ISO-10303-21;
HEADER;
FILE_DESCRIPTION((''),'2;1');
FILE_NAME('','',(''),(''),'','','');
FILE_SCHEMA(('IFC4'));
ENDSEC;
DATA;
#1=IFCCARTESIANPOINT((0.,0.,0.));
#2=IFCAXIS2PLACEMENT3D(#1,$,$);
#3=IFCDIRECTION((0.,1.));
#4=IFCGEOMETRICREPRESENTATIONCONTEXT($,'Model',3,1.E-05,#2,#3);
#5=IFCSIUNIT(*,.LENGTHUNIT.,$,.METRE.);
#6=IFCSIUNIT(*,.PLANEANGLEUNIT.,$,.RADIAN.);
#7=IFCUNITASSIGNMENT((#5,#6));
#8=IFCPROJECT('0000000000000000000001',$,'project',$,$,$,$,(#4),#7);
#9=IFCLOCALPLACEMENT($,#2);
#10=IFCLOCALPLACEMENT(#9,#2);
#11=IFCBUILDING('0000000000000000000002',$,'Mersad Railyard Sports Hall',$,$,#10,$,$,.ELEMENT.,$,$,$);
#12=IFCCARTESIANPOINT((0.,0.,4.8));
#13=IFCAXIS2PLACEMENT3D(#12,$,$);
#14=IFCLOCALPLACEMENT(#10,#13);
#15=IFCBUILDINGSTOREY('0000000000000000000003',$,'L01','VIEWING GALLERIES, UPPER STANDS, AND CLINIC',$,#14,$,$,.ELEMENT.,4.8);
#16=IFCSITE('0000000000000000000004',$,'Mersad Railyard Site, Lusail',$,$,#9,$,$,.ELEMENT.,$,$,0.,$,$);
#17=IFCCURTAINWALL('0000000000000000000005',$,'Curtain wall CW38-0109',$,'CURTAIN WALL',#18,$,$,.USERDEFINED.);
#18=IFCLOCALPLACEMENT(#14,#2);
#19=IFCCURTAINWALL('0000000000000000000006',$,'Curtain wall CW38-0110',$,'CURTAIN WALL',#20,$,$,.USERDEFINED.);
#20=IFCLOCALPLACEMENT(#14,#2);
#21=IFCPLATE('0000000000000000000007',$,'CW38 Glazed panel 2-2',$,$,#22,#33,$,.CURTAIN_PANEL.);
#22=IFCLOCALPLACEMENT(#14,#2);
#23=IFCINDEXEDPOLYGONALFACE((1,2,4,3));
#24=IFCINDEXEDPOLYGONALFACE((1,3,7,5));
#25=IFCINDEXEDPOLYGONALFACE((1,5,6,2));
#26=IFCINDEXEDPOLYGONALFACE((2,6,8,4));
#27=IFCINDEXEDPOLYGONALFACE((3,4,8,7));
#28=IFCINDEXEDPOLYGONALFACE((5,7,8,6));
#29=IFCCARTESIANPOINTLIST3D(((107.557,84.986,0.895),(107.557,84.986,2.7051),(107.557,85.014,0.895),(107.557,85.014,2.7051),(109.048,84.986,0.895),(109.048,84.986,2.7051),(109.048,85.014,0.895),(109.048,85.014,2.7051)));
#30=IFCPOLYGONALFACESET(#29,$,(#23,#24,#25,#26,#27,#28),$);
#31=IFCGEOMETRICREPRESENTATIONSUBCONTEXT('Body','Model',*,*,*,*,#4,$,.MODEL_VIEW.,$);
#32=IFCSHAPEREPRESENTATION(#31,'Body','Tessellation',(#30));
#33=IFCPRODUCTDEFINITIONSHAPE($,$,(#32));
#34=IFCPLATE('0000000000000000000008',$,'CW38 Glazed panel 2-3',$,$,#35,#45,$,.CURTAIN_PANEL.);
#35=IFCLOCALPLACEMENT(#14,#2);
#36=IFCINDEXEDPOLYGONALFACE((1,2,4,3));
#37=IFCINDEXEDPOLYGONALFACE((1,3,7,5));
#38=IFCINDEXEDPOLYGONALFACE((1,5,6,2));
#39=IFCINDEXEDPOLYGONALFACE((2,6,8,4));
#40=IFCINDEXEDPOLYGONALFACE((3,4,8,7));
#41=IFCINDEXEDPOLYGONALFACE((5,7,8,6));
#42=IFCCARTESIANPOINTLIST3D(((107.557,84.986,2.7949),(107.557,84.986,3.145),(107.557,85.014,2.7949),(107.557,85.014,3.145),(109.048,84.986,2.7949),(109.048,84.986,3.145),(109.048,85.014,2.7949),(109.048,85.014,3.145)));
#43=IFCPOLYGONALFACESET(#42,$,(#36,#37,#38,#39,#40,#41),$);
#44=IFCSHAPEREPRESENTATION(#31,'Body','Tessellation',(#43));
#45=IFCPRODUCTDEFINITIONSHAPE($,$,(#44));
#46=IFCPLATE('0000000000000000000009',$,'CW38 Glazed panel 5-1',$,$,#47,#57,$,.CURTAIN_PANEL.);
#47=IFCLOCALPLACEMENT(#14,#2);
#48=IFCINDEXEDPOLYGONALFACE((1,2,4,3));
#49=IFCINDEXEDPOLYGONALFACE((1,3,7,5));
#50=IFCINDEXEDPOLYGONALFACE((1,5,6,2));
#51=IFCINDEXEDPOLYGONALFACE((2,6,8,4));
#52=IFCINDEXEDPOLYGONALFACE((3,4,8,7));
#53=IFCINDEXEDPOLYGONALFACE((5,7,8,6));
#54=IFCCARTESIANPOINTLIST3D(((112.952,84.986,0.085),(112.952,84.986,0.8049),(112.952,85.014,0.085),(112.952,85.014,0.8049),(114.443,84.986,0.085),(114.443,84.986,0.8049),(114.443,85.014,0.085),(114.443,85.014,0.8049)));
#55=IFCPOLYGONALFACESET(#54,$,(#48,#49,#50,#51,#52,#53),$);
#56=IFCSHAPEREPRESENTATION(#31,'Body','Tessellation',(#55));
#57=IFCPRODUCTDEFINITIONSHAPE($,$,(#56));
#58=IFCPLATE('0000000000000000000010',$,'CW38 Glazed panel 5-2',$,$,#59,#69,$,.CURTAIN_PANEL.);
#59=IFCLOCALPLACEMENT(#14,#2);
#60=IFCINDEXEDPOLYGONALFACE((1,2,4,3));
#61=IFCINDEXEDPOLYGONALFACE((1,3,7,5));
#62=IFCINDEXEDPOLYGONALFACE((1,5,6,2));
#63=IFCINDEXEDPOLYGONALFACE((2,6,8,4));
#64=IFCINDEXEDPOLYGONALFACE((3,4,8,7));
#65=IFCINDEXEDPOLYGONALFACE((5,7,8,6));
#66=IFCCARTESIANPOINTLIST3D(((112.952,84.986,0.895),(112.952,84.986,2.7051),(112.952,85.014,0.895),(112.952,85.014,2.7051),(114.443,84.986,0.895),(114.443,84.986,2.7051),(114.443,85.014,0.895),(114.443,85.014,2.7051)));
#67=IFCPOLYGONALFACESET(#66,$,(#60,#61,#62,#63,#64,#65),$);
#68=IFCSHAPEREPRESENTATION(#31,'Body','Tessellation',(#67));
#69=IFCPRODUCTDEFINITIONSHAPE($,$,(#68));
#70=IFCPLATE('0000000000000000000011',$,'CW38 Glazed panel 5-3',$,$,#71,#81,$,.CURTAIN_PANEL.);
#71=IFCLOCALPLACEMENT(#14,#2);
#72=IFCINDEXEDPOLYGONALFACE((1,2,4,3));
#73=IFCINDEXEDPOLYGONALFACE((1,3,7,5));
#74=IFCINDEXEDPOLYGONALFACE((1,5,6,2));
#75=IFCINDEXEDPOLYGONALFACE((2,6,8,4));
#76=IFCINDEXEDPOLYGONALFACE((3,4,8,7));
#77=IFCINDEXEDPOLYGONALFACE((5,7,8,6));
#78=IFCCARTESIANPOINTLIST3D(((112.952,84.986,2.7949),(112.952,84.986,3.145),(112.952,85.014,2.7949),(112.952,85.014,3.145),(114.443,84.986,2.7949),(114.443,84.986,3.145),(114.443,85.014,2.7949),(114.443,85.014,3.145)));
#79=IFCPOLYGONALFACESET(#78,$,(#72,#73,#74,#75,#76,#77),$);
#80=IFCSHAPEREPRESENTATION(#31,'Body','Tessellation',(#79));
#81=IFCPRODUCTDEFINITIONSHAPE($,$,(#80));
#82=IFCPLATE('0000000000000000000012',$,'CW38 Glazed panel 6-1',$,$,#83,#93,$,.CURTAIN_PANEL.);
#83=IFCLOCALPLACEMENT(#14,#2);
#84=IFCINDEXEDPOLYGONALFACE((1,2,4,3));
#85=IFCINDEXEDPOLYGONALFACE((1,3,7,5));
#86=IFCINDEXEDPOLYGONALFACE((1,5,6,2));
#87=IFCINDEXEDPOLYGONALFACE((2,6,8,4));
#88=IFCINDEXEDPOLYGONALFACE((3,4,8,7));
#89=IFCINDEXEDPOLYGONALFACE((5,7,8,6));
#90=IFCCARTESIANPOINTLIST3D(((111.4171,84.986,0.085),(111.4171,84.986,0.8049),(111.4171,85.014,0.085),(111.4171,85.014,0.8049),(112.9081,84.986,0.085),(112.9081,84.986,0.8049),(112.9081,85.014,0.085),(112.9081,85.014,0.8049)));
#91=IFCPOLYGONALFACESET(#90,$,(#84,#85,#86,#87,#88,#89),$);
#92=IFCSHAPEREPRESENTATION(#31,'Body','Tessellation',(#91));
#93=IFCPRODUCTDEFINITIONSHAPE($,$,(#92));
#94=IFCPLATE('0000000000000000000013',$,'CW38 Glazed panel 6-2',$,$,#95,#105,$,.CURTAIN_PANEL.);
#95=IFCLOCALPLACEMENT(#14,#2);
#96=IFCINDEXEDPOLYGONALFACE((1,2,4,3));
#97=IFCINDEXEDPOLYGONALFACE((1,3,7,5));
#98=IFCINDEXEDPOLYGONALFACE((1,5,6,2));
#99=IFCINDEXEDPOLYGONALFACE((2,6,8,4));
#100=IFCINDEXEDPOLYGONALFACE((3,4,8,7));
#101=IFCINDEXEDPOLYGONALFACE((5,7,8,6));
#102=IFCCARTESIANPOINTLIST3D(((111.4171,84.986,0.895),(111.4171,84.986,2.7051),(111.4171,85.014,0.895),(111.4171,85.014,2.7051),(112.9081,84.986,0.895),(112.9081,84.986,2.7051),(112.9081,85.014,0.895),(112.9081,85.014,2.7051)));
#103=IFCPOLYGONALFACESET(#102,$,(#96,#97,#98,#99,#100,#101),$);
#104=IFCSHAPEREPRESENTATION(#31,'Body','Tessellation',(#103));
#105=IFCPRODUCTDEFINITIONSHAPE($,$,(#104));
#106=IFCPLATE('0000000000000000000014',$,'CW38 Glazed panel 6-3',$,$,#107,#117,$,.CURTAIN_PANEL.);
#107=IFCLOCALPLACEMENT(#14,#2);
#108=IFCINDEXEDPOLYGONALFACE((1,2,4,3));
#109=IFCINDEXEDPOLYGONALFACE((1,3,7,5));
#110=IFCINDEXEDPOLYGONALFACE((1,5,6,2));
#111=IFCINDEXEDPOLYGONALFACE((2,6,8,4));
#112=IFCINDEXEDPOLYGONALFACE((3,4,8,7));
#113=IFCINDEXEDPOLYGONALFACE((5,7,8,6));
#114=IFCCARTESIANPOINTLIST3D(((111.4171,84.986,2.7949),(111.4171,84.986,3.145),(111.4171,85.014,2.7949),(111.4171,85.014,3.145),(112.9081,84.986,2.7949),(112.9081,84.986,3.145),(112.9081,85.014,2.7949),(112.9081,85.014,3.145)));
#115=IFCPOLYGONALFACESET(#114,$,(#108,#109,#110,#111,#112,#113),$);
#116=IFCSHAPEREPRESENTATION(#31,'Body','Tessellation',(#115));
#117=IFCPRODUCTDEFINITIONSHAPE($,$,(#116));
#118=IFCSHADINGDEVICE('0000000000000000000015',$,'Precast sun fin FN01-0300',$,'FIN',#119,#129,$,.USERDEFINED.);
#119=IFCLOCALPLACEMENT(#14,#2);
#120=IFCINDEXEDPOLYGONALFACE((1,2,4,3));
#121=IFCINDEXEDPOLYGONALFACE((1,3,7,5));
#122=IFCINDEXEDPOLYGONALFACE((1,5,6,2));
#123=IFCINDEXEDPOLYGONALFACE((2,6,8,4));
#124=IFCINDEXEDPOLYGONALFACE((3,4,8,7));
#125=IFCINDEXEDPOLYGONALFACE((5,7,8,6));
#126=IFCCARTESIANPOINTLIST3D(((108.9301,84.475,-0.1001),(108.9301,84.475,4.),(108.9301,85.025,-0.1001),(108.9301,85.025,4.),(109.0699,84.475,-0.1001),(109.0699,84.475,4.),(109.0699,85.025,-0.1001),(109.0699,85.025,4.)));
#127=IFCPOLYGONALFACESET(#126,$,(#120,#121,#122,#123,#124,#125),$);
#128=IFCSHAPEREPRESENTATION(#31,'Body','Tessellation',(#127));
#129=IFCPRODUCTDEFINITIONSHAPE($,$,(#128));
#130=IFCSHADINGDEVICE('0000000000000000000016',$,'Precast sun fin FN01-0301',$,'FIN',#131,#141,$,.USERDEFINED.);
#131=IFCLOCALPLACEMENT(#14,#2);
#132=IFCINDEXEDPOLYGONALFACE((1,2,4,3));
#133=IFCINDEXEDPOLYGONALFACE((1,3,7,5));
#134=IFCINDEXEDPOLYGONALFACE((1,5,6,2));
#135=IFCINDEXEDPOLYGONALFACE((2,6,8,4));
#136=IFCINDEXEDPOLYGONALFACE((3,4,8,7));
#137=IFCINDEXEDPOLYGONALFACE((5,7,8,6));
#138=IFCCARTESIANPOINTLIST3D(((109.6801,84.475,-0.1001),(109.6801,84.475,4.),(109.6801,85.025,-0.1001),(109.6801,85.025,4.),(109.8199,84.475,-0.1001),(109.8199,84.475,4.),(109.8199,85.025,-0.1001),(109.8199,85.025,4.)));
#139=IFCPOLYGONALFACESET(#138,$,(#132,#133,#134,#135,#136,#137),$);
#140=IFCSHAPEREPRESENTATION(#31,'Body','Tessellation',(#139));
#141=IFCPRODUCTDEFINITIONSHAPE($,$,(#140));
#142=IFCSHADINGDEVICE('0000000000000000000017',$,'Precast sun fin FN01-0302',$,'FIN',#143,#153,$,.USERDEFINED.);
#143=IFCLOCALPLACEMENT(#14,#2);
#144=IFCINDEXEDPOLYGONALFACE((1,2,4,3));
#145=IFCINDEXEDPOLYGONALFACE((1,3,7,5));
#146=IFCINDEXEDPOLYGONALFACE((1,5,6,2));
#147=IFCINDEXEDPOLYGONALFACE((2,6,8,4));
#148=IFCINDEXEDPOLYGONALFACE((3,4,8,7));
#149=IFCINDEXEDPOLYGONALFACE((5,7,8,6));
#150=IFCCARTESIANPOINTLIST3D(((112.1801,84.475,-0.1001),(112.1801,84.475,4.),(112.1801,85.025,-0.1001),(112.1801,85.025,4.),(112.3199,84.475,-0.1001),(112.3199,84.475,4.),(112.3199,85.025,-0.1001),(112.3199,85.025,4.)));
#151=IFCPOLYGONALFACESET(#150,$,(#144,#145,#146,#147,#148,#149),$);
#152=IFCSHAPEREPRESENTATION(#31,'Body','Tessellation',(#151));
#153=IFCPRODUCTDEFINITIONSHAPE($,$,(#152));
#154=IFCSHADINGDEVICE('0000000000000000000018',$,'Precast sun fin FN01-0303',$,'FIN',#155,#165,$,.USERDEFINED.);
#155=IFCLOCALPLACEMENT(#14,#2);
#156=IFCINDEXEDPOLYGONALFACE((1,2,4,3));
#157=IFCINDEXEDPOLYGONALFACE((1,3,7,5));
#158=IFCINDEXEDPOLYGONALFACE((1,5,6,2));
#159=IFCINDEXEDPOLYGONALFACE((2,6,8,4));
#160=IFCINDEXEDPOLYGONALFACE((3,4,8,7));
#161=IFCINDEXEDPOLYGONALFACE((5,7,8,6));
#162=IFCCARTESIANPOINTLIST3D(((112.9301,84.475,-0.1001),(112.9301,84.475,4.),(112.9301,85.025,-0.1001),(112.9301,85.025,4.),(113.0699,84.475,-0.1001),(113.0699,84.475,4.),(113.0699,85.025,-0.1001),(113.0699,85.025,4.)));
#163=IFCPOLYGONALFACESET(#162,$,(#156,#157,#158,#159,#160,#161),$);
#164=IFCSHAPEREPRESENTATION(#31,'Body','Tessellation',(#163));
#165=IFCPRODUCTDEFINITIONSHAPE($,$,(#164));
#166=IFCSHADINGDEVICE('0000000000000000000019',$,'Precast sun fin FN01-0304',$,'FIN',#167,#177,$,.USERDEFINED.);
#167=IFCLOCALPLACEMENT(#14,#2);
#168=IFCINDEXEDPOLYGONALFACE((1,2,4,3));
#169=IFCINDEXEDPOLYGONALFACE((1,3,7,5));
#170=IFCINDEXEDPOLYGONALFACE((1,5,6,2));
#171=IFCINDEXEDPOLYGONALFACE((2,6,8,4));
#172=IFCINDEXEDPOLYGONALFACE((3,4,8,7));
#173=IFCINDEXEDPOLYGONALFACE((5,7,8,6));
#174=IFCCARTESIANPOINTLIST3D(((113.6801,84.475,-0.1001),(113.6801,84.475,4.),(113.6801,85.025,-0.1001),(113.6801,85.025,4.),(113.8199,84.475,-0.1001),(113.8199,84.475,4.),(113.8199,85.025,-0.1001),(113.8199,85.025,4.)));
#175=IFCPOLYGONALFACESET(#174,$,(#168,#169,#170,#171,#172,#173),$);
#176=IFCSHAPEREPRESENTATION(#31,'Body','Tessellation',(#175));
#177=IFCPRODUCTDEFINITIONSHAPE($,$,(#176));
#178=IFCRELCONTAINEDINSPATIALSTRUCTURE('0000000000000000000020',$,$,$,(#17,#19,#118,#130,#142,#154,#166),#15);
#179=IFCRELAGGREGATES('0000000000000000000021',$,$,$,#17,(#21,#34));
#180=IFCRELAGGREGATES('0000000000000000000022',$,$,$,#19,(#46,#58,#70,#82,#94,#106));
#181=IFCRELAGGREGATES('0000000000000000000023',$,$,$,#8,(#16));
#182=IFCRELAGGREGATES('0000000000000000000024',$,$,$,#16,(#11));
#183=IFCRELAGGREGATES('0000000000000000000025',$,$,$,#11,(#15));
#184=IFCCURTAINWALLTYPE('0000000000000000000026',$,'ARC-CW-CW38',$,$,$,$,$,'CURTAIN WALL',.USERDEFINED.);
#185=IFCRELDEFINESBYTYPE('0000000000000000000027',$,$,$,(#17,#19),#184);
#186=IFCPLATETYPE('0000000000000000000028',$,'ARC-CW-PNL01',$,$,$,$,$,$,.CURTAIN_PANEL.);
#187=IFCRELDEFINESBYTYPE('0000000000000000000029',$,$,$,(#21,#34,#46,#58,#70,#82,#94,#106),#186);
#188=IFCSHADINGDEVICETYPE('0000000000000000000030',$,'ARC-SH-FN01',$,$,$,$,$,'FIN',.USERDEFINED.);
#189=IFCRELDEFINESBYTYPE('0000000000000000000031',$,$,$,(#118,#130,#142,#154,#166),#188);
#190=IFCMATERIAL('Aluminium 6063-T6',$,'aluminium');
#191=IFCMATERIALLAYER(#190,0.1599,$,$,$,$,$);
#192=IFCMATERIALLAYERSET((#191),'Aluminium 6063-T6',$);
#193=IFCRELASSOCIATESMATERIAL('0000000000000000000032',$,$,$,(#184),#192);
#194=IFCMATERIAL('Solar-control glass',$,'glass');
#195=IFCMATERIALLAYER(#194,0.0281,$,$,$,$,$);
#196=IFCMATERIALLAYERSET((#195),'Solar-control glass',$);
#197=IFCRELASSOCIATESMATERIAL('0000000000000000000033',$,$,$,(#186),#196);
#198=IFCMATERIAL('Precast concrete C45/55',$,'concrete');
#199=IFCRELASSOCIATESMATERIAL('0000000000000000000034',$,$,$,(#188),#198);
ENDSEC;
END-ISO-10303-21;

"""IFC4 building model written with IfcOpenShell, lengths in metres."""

from ifc_helpers import new_model, si_unit, direction, frame, origin, origin_2d, place, context, subcontext, project, spatial, rectangle, extrude, material, layer, layer_set, type_object, element, aggregate, save


model = new_model("IFC4")

# Units and contexts
model_context = context("Model", 3, precision=1e-05, world=origin(), true_north=direction((0.0, 1.0)))
body_context = subcontext(model_context, "Body", "Model", "MODEL_VIEW")
ifc_project = project(units=[si_unit("LENGTHUNIT", "METRE"), si_unit("PLANEANGLEUNIT", "RADIAN")], contexts=[model_context])

# Site, building, storey
site_placement = place(None, origin())
site = spatial("IfcSite", under=ifc_project, at=site_placement, Name="Mersad Railyard Site, Lusail", CompositionType="ELEMENT", RefElevation=0.0)
building_placement = place(site_placement, origin())
building = spatial("IfcBuilding", under=site, at=building_placement, Name="Mersad Railyard Sports Hall", CompositionType="ELEMENT")
storey_placement = place(building_placement, frame((0.0, 0.0, 4.8)))
storey = spatial("IfcBuildingStorey", under=building, at=storey_placement, Name="L01", Description="VIEWING GALLERIES, UPPER STANDS, AND CLINIC", CompositionType="ELEMENT", Elevation=4.8)

# Curtain walls
ifc_material_1 = material(Name="Aluminium 6063-T6", Category="aluminium")
ifc_layer_1 = layer(ifc_material_1, 0.1599)
ifc_layer_set_1 = layer_set([ifc_layer_1], Name="Aluminium 6063-T6")
curtain_wall_type = type_object("IfcCurtainWallType", Name="ARC-CW-CW38", ElementType="CURTAIN WALL", PredefinedType="USERDEFINED", material=ifc_layer_set_1)
curtain_wall_1_placement = place(storey_placement, origin())
curtain_wall_1 = element("IfcCurtainWall", 1, at=curtain_wall_1_placement, inside=storey, type_object=curtain_wall_type, Name="Curtain wall CW38-0109", ObjectType="CURTAIN WALL", PredefinedType="USERDEFINED")
curtain_wall_2_placement = place(storey_placement, origin())
curtain_wall_2 = element("IfcCurtainWall", 2, at=curtain_wall_2_placement, inside=storey, type_object=curtain_wall_type, Name="Curtain wall CW38-0110", ObjectType="CURTAIN WALL", PredefinedType="USERDEFINED")

# Plates
ifc_material_2 = material(Name="Solar-control glass", Category="glass")
ifc_layer_2 = layer(ifc_material_2, 0.0281)
ifc_layer_set_2 = layer_set([ifc_layer_2], Name="Solar-control glass")
plate_type = type_object("IfcPlateType", Name="ARC-CW-PNL01", PredefinedType="CURTAIN_PANEL", material=ifc_layer_set_2)
plate_1_placement = place(storey_placement, frame((108.3025, 85.0, 0.895), z_axis=(0.0, 0.0, 1.0), x_axis=(-1.0, 0.0, 0.0)))
plate_1 = element("IfcPlate", 3, at=plate_1_placement, type_object=plate_type, Name="CW38 Glazed panel 2-2", PredefinedType="CURTAIN_PANEL", context=body_context, shape_type="SweptSolid", body=[
    extrude(rectangle(XDim=1.491, YDim=0.0281, at=origin_2d()), origin(), (0.0, 0.0, 1.0), 1.8101),
])
plate_2_placement = place(storey_placement, frame((108.3025, 85.0, 2.7949), z_axis=(0.0, 0.0, 1.0), x_axis=(-1.0, 0.0, 0.0)))
plate_2 = element("IfcPlate", 4, at=plate_2_placement, type_object=plate_type, Name="CW38 Glazed panel 2-3", PredefinedType="CURTAIN_PANEL", context=body_context, shape_type="SweptSolid", body=[
    extrude(rectangle(XDim=1.491, YDim=0.0281, at=origin_2d()), origin(), (0.0, 0.0, 1.0), 0.3501),
])
aggregate(curtain_wall_1, [plate_1, plate_2])
plate_3_placement = place(storey_placement, frame((113.6975, 85.0, 0.085), z_axis=(0.0, 0.0, 1.0), x_axis=(-1.0, 0.0, 0.0)))
plate_3 = element("IfcPlate", 5, at=plate_3_placement, type_object=plate_type, Name="CW38 Glazed panel 5-1", PredefinedType="CURTAIN_PANEL", context=body_context, shape_type="SweptSolid", body=[
    extrude(rectangle(XDim=1.491, YDim=0.0281, at=origin_2d()), origin(), (0.0, 0.0, 1.0), 0.72),
])
plate_4_placement = place(storey_placement, frame((113.6975, 85.0, 0.895), z_axis=(0.0, 0.0, 1.0), x_axis=(-1.0, 0.0, 0.0)))
plate_4 = element("IfcPlate", 6, at=plate_4_placement, type_object=plate_type, Name="CW38 Glazed panel 5-2", PredefinedType="CURTAIN_PANEL", context=body_context, shape_type="SweptSolid", body=[
    extrude(rectangle(XDim=1.491, YDim=0.0281, at=origin_2d()), origin(), (0.0, 0.0, 1.0), 1.8101),
])
plate_5_placement = place(storey_placement, frame((113.6975, 85.0, 2.7949), z_axis=(0.0, 0.0, 1.0), x_axis=(-1.0, 0.0, 0.0)))
plate_5 = element("IfcPlate", 7, at=plate_5_placement, type_object=plate_type, Name="CW38 Glazed panel 5-3", PredefinedType="CURTAIN_PANEL", context=body_context, shape_type="SweptSolid", body=[
    extrude(rectangle(XDim=1.491, YDim=0.0281, at=origin_2d()), origin(), (0.0, 0.0, 1.0), 0.3501),
])
plate_6_placement = place(storey_placement, frame((112.1626, 85.0, 0.085), z_axis=(0.0, 0.0, 1.0), x_axis=(-1.0, 0.0, 0.0)))
plate_6 = element("IfcPlate", 8, at=plate_6_placement, type_object=plate_type, Name="CW38 Glazed panel 6-1", PredefinedType="CURTAIN_PANEL", context=body_context, shape_type="SweptSolid", body=[
    extrude(rectangle(XDim=1.491, YDim=0.0281, at=origin_2d()), origin(), (0.0, 0.0, 1.0), 0.72),
])
plate_7_placement = place(storey_placement, frame((112.1626, 85.0, 0.895), z_axis=(0.0, 0.0, 1.0), x_axis=(-1.0, 0.0, 0.0)))
plate_7 = element("IfcPlate", 9, at=plate_7_placement, type_object=plate_type, Name="CW38 Glazed panel 6-2", PredefinedType="CURTAIN_PANEL", context=body_context, shape_type="SweptSolid", body=[
    extrude(rectangle(XDim=1.491, YDim=0.0281, at=origin_2d()), origin(), (0.0, 0.0, 1.0), 1.8101),
])
plate_8_placement = place(storey_placement, frame((112.1626, 85.0, 2.7949), z_axis=(0.0, 0.0, 1.0), x_axis=(-1.0, 0.0, 0.0)))
plate_8 = element("IfcPlate", 10, at=plate_8_placement, type_object=plate_type, Name="CW38 Glazed panel 6-3", PredefinedType="CURTAIN_PANEL", context=body_context, shape_type="SweptSolid", body=[
    extrude(rectangle(XDim=1.491, YDim=0.0281, at=origin_2d()), origin(), (0.0, 0.0, 1.0), 0.3501),
])
aggregate(curtain_wall_2, [plate_3, plate_4, plate_5, plate_6, plate_7, plate_8])

# Shading devices
ifc_material_3 = material(Name="Precast concrete C45/55", Category="concrete")
shading_device_type = type_object("IfcShadingDeviceType", Name="ARC-SH-FN01", ElementType="FIN", PredefinedType="USERDEFINED", material=ifc_material_3)
for number, where, z_axis, x_axis, name in (
    (11, (109.0, 84.75, -0.1001), (0.0, 0.0, 1.0), (1.0, 0.0, 0.0), "Precast sun fin FN01-0300"),
    (12, (109.75, 84.75, -0.1001), (0.0, 0.0, 1.0), (1.0, 0.0, 0.0), "Precast sun fin FN01-0301"),
    (13, (112.25, 84.75, -0.1001), (0.0, 0.0, 1.0), (1.0, 0.0, 0.0), "Precast sun fin FN01-0302"),
    (14, (113.0, 84.75, -0.1001), (0.0, 0.0, 1.0), (1.0, 0.0, 0.0), "Precast sun fin FN01-0303"),
    (15, (113.75, 84.75, -0.1001), (0.0, 0.0, 1.0), (1.0, 0.0, 0.0), "Precast sun fin FN01-0304"),
):
    element("IfcShadingDevice", number, at=place(storey_placement, frame(where, z_axis=z_axis, x_axis=x_axis)), inside=storey, type_object=shading_device_type, Name=name, ObjectType="FIN", PredefinedType="USERDEFINED", context=body_context, shape_type="SweptSolid", body=[
        extrude(rectangle(XDim=0.1399, YDim=0.55, at=origin_2d()), origin(), (0.0, 0.0, 1.0), 4.1001),
    ])

save(model, "model.ifc")
